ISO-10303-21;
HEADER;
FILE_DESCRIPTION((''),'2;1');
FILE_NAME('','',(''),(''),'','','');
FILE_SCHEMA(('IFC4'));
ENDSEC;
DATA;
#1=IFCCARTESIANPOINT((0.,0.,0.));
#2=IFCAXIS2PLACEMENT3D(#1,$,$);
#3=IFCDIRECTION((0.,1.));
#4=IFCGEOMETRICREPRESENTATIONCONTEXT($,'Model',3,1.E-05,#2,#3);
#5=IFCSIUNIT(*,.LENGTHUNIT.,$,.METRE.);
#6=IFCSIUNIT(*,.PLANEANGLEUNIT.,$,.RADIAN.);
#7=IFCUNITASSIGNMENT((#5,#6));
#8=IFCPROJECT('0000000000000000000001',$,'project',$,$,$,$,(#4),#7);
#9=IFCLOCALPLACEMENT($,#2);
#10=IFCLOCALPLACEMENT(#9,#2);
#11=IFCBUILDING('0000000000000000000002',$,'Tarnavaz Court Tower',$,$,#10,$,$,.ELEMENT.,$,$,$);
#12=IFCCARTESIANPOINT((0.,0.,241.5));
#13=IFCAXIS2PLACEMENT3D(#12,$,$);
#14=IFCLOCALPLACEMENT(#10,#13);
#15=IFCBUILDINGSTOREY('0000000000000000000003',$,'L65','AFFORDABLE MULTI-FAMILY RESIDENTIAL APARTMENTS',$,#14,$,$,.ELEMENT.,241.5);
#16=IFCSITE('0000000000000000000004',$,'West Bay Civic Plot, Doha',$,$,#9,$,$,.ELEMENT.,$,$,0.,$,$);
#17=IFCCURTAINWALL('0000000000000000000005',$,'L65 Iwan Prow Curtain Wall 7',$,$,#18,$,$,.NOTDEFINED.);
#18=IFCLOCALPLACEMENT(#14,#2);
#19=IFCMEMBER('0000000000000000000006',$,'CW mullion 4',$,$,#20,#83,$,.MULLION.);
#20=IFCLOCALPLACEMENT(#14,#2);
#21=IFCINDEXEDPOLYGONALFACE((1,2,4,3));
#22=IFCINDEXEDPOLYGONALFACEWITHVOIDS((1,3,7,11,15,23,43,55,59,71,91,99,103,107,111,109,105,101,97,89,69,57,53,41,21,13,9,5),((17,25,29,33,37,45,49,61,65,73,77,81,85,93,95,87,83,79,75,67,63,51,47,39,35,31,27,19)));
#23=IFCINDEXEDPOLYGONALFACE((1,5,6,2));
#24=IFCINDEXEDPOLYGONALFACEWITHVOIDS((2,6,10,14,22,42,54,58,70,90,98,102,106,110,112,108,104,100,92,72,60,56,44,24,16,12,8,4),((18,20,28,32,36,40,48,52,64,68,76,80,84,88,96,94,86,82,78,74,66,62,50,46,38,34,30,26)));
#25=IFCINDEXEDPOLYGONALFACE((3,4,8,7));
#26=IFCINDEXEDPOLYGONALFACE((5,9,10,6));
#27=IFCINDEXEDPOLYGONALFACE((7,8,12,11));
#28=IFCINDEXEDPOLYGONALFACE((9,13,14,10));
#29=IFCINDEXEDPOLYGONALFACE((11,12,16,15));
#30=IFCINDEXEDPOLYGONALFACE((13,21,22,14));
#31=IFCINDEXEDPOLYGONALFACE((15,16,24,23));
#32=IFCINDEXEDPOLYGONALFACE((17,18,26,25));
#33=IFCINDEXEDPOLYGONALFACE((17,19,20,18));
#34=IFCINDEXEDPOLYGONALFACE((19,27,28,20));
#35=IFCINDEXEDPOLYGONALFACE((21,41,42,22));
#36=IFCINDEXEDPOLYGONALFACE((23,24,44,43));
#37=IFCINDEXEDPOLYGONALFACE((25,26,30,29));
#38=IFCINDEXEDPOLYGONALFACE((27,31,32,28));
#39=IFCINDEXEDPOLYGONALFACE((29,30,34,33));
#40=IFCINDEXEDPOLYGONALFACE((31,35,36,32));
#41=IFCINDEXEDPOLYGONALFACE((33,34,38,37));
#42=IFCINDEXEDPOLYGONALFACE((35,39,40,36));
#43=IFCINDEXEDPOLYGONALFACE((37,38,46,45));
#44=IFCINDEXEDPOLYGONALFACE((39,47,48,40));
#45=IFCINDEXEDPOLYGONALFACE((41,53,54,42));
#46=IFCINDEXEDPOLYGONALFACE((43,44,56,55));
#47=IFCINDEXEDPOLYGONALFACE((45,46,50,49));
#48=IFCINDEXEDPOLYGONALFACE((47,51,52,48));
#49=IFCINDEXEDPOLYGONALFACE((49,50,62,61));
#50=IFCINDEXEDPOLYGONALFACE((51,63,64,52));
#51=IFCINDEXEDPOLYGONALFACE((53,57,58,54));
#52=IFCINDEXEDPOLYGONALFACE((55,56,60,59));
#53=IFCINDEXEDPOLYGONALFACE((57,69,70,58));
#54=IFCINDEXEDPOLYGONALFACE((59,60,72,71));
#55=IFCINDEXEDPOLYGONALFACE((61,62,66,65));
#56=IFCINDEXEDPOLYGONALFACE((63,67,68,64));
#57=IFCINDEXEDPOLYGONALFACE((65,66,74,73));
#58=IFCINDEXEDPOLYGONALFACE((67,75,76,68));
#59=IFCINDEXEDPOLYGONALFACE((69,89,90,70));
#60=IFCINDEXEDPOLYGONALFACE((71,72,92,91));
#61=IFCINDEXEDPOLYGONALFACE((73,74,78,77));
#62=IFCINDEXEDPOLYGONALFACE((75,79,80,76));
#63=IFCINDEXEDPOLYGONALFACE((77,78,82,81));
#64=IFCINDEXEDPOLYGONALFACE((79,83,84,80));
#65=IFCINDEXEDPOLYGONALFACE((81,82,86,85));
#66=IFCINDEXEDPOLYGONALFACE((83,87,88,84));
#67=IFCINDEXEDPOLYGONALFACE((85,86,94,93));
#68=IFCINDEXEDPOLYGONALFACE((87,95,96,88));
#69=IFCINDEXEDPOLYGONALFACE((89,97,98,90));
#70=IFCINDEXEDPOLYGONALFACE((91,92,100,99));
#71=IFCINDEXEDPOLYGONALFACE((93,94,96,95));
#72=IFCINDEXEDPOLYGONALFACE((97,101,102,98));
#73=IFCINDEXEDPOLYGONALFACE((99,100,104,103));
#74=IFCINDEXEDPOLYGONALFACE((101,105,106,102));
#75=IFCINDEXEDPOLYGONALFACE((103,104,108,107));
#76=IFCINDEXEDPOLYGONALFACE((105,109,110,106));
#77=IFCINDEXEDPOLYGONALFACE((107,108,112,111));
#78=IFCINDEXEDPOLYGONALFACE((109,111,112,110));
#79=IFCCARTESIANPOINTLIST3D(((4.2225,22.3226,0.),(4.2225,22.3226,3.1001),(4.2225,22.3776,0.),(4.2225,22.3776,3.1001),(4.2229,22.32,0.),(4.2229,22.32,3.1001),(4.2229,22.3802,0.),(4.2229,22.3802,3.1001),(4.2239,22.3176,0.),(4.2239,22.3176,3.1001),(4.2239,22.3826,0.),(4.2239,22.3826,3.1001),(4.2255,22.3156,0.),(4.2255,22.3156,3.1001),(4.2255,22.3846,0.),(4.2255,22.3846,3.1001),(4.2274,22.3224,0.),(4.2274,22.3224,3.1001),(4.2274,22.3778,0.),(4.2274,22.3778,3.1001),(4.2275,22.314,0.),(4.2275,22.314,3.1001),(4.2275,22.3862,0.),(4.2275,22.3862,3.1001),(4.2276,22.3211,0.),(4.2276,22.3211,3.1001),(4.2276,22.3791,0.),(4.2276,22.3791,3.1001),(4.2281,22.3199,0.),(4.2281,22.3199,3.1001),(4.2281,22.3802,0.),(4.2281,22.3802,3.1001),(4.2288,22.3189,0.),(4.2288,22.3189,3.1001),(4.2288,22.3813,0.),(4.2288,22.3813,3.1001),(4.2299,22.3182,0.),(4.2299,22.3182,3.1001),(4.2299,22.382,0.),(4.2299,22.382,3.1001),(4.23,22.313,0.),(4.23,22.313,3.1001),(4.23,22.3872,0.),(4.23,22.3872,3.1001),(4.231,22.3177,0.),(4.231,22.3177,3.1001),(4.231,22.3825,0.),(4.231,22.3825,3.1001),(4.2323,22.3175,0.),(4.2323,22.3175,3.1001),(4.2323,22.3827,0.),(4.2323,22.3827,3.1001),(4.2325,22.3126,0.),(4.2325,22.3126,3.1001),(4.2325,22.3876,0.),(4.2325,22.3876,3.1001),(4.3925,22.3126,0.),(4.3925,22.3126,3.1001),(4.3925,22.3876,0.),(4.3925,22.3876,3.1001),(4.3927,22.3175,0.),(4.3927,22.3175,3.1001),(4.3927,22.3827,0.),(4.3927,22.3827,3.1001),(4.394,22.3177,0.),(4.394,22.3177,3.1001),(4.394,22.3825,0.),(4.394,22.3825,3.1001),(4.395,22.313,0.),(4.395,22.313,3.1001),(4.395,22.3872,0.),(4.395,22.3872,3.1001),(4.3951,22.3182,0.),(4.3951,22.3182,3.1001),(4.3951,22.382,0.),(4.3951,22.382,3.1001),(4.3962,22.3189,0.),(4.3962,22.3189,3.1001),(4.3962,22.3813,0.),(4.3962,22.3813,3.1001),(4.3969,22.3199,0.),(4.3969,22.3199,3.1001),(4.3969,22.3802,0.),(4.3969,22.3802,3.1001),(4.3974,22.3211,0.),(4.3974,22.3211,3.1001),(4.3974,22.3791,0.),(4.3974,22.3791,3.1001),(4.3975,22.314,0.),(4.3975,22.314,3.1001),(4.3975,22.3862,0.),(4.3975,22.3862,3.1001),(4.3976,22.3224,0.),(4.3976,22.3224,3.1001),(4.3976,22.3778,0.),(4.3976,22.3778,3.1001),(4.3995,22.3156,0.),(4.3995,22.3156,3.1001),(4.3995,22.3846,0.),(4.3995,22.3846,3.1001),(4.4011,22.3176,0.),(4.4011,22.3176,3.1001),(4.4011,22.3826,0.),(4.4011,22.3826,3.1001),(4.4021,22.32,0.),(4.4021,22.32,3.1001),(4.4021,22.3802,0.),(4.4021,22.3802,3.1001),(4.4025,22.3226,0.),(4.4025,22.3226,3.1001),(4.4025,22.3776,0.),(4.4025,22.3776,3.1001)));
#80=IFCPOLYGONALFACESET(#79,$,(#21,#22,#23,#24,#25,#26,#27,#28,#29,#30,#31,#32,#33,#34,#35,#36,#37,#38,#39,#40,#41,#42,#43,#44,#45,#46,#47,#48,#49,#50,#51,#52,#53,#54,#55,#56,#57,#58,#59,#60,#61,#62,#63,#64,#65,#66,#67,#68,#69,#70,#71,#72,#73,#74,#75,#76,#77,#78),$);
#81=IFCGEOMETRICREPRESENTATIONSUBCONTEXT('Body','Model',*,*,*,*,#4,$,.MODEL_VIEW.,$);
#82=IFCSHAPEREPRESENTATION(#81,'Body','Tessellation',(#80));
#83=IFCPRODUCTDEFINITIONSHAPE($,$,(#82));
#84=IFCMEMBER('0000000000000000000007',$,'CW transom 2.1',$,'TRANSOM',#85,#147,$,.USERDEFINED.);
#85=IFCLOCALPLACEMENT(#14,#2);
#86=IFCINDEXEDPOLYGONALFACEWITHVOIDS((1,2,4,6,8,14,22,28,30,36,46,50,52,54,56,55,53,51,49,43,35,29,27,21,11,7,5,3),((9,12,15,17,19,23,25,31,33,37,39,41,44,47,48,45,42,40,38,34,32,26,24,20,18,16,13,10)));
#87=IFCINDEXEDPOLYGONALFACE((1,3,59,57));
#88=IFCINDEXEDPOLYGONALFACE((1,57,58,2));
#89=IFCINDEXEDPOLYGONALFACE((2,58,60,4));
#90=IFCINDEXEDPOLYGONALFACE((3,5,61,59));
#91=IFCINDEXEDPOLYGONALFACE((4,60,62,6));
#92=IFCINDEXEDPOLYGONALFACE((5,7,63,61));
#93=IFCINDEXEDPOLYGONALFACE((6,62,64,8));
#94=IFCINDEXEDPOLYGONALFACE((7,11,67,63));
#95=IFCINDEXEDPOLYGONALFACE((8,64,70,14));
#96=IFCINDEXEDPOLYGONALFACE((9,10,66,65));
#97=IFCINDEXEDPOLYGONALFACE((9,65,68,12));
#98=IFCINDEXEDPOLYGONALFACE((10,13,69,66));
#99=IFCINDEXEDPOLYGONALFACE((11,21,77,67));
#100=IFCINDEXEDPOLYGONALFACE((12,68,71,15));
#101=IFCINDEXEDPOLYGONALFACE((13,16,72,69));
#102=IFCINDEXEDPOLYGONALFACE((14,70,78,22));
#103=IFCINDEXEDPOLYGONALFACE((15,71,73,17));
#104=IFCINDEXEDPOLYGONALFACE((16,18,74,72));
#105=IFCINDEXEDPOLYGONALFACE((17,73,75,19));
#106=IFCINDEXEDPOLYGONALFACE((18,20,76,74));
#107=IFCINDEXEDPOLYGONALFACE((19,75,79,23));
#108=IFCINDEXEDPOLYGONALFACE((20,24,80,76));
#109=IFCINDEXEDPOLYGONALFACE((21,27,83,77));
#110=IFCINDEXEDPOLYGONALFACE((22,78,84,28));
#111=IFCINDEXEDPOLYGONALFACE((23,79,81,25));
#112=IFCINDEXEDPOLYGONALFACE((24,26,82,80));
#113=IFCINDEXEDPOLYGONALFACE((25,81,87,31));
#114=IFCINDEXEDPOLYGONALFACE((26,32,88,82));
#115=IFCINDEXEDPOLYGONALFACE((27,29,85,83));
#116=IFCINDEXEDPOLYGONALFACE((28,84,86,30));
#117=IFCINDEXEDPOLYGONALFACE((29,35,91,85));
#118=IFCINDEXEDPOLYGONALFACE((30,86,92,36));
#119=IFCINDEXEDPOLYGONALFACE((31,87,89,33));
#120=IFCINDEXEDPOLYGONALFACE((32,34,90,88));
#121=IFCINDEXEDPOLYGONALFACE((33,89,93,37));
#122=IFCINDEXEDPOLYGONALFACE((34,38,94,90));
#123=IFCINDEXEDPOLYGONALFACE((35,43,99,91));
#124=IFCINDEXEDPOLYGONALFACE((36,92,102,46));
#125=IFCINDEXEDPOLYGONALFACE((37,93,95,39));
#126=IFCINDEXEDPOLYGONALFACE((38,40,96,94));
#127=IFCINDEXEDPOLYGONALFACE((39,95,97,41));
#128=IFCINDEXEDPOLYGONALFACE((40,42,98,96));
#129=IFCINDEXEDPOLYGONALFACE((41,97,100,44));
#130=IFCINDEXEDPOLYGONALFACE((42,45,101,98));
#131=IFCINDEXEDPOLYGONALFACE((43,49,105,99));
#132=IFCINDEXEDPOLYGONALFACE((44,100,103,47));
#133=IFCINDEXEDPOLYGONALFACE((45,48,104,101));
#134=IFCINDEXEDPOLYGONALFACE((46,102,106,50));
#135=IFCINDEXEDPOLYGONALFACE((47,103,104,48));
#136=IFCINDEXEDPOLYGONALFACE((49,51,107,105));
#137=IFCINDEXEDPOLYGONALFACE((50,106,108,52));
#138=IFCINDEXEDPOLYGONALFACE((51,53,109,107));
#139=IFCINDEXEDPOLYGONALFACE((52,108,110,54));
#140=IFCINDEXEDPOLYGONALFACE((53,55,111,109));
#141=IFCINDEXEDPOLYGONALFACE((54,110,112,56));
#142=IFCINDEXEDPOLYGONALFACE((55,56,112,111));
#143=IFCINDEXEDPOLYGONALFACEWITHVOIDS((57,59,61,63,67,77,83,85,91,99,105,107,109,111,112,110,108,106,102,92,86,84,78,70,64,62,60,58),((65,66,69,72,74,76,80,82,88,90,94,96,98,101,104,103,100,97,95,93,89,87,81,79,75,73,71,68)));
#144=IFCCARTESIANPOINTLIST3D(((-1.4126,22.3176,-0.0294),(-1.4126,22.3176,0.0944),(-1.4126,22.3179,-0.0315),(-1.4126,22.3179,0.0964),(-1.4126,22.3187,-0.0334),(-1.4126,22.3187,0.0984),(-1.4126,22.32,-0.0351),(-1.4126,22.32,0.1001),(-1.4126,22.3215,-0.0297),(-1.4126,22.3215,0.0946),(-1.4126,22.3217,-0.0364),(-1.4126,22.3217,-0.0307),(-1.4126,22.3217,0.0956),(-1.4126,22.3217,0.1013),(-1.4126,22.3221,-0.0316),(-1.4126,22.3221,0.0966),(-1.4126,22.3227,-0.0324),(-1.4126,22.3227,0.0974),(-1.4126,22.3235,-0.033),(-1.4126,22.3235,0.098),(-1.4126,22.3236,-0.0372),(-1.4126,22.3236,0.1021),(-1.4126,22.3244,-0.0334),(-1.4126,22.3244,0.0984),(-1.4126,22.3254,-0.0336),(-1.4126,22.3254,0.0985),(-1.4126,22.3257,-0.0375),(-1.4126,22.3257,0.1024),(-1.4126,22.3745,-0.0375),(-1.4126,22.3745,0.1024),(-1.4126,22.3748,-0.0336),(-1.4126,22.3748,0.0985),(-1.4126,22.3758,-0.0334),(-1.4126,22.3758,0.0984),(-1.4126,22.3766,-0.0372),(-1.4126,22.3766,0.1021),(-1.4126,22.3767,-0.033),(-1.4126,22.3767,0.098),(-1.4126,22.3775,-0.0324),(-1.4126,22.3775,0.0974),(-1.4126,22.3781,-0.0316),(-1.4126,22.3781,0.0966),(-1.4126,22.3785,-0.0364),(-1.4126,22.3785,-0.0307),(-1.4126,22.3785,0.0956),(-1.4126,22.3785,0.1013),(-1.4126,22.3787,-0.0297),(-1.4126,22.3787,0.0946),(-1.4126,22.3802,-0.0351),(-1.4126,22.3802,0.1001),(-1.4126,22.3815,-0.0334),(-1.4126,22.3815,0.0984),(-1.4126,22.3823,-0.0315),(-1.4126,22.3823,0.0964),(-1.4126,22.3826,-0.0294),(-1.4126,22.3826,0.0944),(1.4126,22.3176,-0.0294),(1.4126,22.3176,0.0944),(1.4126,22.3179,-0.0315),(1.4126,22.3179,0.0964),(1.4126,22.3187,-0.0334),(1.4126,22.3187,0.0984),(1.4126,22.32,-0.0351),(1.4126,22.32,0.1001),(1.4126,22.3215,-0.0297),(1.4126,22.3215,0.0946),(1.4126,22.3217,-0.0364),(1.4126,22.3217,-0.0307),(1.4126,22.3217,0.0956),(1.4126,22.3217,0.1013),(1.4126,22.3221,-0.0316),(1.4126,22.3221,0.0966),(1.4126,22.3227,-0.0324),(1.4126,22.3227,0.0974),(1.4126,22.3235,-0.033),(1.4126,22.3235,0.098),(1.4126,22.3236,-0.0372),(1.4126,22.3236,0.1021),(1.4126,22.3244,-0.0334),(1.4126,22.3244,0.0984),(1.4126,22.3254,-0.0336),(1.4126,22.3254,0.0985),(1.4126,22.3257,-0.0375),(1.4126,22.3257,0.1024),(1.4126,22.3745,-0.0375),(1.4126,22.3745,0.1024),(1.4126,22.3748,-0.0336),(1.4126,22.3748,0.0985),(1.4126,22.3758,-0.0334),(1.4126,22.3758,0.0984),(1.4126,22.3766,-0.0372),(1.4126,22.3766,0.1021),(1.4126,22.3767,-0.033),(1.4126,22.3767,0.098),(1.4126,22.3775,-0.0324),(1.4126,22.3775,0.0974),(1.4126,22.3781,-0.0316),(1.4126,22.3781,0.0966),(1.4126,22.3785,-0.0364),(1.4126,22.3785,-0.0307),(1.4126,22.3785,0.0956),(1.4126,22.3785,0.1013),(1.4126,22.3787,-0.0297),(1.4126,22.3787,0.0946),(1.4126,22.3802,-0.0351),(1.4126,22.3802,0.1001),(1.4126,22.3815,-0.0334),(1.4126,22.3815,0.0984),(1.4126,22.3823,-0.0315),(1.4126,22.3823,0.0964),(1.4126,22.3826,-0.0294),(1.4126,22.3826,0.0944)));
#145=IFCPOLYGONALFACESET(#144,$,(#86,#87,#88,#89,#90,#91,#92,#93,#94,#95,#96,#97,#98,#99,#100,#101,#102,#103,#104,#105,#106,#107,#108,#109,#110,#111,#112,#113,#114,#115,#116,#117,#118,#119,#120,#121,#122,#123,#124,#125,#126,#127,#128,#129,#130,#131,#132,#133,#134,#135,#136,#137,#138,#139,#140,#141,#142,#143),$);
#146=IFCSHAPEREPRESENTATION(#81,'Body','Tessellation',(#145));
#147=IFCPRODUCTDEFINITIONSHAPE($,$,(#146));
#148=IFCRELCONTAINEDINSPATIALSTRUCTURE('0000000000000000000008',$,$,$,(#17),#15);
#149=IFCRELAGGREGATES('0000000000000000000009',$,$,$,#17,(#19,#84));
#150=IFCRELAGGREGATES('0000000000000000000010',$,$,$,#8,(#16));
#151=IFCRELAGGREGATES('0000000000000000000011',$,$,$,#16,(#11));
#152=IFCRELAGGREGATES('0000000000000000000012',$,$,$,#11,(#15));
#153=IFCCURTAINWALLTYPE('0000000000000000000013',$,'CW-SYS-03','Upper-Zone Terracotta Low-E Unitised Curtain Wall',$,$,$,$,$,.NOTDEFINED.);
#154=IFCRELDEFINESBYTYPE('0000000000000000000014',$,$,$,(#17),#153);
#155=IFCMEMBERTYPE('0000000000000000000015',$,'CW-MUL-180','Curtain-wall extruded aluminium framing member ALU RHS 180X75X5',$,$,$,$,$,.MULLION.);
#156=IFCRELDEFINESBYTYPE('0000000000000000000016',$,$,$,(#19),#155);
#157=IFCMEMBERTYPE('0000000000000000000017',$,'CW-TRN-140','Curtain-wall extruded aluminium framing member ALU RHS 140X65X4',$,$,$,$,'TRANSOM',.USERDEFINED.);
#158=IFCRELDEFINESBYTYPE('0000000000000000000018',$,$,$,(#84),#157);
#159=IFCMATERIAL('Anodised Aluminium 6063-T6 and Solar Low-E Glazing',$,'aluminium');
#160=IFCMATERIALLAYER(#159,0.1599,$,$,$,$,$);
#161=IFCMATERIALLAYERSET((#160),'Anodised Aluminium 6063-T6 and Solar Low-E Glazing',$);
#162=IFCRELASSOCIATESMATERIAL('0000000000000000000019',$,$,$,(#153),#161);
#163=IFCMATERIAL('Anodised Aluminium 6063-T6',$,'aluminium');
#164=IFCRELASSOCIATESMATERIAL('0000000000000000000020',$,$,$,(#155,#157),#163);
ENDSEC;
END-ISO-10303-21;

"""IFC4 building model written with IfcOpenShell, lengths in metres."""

from ifc_helpers import new_model, si_unit, direction, frame, origin, origin_2d, place, context, subcontext, project, spatial, hollow_rectangle, extrude, material, layer, layer_set, material_profile, profile_set, type_object, element, aggregate, save


model = new_model("IFC4")

# Units and contexts
model_context = context("Model", 3, precision=1e-05, world=origin(), true_north=direction((0.0, 1.0)))
body_context = subcontext(model_context, "Body", "Model", "MODEL_VIEW")
ifc_project = project(units=[si_unit("LENGTHUNIT", "METRE"), si_unit("PLANEANGLEUNIT", "RADIAN")], contexts=[model_context])

# Site, building, storey
site_placement = place(None, origin())
site = spatial("IfcSite", under=ifc_project, at=site_placement, Name="West Bay Civic Plot, Doha", CompositionType="ELEMENT", RefElevation=0.0)
building_placement = place(site_placement, origin())
building = spatial("IfcBuilding", under=site, at=building_placement, Name="Tarnavaz Court Tower", CompositionType="ELEMENT")
storey_placement = place(building_placement, frame((0.0, 0.0, 241.5)))
storey = spatial("IfcBuildingStorey", under=building, at=storey_placement, Name="L65", Description="AFFORDABLE MULTI-FAMILY RESIDENTIAL APARTMENTS", CompositionType="ELEMENT", Elevation=241.5)

# Curtain wall, members
ifc_material_1 = material(Name="Anodised Aluminium 6063-T6 and Solar Low-E Glazing", Category="aluminium")
ifc_layer_1 = layer(ifc_material_1, 0.1599)
ifc_layer_set_1 = layer_set([ifc_layer_1], Name="Anodised Aluminium 6063-T6 and Solar Low-E Glazing")
curtain_wall_type = type_object("IfcCurtainWallType", Name="CW-SYS-03", Description="Upper-Zone Terracotta Low-E Unitised Curtain Wall", PredefinedType="NOTDEFINED", material=ifc_layer_set_1)
curtain_wall_placement = place(storey_placement, origin())
curtain_wall = element("IfcCurtainWall", 1, at=curtain_wall_placement, inside=storey, type_object=curtain_wall_type, Name="L65 Iwan Prow Curtain Wall 7", PredefinedType="NOTDEFINED")
ifc_material_2 = material(Name="Anodised Aluminium 6063-T6", Category="aluminium")
ifc_material_profile_1 = material_profile(ifc_material_2, hollow_rectangle(XDim=0.075, YDim=0.1799, WallThickness=0.0049, InnerFilletRadius=0.0049, OuterFilletRadius=0.01, at=origin_2d()), Name="ALU RHS 180X75X5")
ifc_profile_set_1 = profile_set([ifc_material_profile_1], Name="Anodised Aluminium 6063-T6")
member_type_1 = type_object("IfcMemberType", Name="CW-MUL-180", Description="Curtain-wall extruded aluminium framing member ALU RHS 180X75X5", PredefinedType="MULLION", material=ifc_profile_set_1)
member_1_placement = place(storey_placement, frame((4.3125, 22.3501, 0.0), z_axis=(0.0, 0.0, 1.0), x_axis=(0.0, 1.0, 0.0)))
member_1 = element("IfcMember", 2, at=member_1_placement, type_object=member_type_1, Name="CW mullion 4", PredefinedType="MULLION", context=body_context, shape_type="SweptSolid", body=[
    extrude(hollow_rectangle(XDim=0.075, YDim=0.1799, WallThickness=0.0049, InnerFilletRadius=0.0049, OuterFilletRadius=0.01, at=origin_2d()), origin(), (0.0, 0.0, 1.0), 3.1001),
])
ifc_material_profile_2 = material_profile(ifc_material_2, hollow_rectangle(XDim=0.0649, YDim=0.1399, WallThickness=0.0039, InnerFilletRadius=0.0039, OuterFilletRadius=0.0081, at=origin_2d()), Name="ALU RHS 140X65X4")
ifc_profile_set_2 = profile_set([ifc_material_profile_2], Name="Anodised Aluminium 6063-T6")
member_type_2 = type_object("IfcMemberType", Name="CW-TRN-140", Description="Curtain-wall extruded aluminium framing member ALU RHS 140X65X4", ElementType="TRANSOM", PredefinedType="USERDEFINED", material=ifc_profile_set_2)
member_2_placement = place(storey_placement, frame((-1.4126, 22.3501, 0.0325), z_axis=(1.0, 0.0, 0.0), x_axis=(0.0, 1.0, 0.0)))
member_2 = element("IfcMember", 3, at=member_2_placement, type_object=member_type_2, Name="CW transom 2.1", ObjectType="TRANSOM", PredefinedType="USERDEFINED", context=body_context, shape_type="SweptSolid", body=[
    extrude(hollow_rectangle(XDim=0.0649, YDim=0.1399, WallThickness=0.0039, InnerFilletRadius=0.0039, OuterFilletRadius=0.0081, at=origin_2d()), origin(), (0.0, 0.0, 1.0), 2.8252),
])
aggregate(curtain_wall, [member_1, member_2])

save(model, "model.ifc")
